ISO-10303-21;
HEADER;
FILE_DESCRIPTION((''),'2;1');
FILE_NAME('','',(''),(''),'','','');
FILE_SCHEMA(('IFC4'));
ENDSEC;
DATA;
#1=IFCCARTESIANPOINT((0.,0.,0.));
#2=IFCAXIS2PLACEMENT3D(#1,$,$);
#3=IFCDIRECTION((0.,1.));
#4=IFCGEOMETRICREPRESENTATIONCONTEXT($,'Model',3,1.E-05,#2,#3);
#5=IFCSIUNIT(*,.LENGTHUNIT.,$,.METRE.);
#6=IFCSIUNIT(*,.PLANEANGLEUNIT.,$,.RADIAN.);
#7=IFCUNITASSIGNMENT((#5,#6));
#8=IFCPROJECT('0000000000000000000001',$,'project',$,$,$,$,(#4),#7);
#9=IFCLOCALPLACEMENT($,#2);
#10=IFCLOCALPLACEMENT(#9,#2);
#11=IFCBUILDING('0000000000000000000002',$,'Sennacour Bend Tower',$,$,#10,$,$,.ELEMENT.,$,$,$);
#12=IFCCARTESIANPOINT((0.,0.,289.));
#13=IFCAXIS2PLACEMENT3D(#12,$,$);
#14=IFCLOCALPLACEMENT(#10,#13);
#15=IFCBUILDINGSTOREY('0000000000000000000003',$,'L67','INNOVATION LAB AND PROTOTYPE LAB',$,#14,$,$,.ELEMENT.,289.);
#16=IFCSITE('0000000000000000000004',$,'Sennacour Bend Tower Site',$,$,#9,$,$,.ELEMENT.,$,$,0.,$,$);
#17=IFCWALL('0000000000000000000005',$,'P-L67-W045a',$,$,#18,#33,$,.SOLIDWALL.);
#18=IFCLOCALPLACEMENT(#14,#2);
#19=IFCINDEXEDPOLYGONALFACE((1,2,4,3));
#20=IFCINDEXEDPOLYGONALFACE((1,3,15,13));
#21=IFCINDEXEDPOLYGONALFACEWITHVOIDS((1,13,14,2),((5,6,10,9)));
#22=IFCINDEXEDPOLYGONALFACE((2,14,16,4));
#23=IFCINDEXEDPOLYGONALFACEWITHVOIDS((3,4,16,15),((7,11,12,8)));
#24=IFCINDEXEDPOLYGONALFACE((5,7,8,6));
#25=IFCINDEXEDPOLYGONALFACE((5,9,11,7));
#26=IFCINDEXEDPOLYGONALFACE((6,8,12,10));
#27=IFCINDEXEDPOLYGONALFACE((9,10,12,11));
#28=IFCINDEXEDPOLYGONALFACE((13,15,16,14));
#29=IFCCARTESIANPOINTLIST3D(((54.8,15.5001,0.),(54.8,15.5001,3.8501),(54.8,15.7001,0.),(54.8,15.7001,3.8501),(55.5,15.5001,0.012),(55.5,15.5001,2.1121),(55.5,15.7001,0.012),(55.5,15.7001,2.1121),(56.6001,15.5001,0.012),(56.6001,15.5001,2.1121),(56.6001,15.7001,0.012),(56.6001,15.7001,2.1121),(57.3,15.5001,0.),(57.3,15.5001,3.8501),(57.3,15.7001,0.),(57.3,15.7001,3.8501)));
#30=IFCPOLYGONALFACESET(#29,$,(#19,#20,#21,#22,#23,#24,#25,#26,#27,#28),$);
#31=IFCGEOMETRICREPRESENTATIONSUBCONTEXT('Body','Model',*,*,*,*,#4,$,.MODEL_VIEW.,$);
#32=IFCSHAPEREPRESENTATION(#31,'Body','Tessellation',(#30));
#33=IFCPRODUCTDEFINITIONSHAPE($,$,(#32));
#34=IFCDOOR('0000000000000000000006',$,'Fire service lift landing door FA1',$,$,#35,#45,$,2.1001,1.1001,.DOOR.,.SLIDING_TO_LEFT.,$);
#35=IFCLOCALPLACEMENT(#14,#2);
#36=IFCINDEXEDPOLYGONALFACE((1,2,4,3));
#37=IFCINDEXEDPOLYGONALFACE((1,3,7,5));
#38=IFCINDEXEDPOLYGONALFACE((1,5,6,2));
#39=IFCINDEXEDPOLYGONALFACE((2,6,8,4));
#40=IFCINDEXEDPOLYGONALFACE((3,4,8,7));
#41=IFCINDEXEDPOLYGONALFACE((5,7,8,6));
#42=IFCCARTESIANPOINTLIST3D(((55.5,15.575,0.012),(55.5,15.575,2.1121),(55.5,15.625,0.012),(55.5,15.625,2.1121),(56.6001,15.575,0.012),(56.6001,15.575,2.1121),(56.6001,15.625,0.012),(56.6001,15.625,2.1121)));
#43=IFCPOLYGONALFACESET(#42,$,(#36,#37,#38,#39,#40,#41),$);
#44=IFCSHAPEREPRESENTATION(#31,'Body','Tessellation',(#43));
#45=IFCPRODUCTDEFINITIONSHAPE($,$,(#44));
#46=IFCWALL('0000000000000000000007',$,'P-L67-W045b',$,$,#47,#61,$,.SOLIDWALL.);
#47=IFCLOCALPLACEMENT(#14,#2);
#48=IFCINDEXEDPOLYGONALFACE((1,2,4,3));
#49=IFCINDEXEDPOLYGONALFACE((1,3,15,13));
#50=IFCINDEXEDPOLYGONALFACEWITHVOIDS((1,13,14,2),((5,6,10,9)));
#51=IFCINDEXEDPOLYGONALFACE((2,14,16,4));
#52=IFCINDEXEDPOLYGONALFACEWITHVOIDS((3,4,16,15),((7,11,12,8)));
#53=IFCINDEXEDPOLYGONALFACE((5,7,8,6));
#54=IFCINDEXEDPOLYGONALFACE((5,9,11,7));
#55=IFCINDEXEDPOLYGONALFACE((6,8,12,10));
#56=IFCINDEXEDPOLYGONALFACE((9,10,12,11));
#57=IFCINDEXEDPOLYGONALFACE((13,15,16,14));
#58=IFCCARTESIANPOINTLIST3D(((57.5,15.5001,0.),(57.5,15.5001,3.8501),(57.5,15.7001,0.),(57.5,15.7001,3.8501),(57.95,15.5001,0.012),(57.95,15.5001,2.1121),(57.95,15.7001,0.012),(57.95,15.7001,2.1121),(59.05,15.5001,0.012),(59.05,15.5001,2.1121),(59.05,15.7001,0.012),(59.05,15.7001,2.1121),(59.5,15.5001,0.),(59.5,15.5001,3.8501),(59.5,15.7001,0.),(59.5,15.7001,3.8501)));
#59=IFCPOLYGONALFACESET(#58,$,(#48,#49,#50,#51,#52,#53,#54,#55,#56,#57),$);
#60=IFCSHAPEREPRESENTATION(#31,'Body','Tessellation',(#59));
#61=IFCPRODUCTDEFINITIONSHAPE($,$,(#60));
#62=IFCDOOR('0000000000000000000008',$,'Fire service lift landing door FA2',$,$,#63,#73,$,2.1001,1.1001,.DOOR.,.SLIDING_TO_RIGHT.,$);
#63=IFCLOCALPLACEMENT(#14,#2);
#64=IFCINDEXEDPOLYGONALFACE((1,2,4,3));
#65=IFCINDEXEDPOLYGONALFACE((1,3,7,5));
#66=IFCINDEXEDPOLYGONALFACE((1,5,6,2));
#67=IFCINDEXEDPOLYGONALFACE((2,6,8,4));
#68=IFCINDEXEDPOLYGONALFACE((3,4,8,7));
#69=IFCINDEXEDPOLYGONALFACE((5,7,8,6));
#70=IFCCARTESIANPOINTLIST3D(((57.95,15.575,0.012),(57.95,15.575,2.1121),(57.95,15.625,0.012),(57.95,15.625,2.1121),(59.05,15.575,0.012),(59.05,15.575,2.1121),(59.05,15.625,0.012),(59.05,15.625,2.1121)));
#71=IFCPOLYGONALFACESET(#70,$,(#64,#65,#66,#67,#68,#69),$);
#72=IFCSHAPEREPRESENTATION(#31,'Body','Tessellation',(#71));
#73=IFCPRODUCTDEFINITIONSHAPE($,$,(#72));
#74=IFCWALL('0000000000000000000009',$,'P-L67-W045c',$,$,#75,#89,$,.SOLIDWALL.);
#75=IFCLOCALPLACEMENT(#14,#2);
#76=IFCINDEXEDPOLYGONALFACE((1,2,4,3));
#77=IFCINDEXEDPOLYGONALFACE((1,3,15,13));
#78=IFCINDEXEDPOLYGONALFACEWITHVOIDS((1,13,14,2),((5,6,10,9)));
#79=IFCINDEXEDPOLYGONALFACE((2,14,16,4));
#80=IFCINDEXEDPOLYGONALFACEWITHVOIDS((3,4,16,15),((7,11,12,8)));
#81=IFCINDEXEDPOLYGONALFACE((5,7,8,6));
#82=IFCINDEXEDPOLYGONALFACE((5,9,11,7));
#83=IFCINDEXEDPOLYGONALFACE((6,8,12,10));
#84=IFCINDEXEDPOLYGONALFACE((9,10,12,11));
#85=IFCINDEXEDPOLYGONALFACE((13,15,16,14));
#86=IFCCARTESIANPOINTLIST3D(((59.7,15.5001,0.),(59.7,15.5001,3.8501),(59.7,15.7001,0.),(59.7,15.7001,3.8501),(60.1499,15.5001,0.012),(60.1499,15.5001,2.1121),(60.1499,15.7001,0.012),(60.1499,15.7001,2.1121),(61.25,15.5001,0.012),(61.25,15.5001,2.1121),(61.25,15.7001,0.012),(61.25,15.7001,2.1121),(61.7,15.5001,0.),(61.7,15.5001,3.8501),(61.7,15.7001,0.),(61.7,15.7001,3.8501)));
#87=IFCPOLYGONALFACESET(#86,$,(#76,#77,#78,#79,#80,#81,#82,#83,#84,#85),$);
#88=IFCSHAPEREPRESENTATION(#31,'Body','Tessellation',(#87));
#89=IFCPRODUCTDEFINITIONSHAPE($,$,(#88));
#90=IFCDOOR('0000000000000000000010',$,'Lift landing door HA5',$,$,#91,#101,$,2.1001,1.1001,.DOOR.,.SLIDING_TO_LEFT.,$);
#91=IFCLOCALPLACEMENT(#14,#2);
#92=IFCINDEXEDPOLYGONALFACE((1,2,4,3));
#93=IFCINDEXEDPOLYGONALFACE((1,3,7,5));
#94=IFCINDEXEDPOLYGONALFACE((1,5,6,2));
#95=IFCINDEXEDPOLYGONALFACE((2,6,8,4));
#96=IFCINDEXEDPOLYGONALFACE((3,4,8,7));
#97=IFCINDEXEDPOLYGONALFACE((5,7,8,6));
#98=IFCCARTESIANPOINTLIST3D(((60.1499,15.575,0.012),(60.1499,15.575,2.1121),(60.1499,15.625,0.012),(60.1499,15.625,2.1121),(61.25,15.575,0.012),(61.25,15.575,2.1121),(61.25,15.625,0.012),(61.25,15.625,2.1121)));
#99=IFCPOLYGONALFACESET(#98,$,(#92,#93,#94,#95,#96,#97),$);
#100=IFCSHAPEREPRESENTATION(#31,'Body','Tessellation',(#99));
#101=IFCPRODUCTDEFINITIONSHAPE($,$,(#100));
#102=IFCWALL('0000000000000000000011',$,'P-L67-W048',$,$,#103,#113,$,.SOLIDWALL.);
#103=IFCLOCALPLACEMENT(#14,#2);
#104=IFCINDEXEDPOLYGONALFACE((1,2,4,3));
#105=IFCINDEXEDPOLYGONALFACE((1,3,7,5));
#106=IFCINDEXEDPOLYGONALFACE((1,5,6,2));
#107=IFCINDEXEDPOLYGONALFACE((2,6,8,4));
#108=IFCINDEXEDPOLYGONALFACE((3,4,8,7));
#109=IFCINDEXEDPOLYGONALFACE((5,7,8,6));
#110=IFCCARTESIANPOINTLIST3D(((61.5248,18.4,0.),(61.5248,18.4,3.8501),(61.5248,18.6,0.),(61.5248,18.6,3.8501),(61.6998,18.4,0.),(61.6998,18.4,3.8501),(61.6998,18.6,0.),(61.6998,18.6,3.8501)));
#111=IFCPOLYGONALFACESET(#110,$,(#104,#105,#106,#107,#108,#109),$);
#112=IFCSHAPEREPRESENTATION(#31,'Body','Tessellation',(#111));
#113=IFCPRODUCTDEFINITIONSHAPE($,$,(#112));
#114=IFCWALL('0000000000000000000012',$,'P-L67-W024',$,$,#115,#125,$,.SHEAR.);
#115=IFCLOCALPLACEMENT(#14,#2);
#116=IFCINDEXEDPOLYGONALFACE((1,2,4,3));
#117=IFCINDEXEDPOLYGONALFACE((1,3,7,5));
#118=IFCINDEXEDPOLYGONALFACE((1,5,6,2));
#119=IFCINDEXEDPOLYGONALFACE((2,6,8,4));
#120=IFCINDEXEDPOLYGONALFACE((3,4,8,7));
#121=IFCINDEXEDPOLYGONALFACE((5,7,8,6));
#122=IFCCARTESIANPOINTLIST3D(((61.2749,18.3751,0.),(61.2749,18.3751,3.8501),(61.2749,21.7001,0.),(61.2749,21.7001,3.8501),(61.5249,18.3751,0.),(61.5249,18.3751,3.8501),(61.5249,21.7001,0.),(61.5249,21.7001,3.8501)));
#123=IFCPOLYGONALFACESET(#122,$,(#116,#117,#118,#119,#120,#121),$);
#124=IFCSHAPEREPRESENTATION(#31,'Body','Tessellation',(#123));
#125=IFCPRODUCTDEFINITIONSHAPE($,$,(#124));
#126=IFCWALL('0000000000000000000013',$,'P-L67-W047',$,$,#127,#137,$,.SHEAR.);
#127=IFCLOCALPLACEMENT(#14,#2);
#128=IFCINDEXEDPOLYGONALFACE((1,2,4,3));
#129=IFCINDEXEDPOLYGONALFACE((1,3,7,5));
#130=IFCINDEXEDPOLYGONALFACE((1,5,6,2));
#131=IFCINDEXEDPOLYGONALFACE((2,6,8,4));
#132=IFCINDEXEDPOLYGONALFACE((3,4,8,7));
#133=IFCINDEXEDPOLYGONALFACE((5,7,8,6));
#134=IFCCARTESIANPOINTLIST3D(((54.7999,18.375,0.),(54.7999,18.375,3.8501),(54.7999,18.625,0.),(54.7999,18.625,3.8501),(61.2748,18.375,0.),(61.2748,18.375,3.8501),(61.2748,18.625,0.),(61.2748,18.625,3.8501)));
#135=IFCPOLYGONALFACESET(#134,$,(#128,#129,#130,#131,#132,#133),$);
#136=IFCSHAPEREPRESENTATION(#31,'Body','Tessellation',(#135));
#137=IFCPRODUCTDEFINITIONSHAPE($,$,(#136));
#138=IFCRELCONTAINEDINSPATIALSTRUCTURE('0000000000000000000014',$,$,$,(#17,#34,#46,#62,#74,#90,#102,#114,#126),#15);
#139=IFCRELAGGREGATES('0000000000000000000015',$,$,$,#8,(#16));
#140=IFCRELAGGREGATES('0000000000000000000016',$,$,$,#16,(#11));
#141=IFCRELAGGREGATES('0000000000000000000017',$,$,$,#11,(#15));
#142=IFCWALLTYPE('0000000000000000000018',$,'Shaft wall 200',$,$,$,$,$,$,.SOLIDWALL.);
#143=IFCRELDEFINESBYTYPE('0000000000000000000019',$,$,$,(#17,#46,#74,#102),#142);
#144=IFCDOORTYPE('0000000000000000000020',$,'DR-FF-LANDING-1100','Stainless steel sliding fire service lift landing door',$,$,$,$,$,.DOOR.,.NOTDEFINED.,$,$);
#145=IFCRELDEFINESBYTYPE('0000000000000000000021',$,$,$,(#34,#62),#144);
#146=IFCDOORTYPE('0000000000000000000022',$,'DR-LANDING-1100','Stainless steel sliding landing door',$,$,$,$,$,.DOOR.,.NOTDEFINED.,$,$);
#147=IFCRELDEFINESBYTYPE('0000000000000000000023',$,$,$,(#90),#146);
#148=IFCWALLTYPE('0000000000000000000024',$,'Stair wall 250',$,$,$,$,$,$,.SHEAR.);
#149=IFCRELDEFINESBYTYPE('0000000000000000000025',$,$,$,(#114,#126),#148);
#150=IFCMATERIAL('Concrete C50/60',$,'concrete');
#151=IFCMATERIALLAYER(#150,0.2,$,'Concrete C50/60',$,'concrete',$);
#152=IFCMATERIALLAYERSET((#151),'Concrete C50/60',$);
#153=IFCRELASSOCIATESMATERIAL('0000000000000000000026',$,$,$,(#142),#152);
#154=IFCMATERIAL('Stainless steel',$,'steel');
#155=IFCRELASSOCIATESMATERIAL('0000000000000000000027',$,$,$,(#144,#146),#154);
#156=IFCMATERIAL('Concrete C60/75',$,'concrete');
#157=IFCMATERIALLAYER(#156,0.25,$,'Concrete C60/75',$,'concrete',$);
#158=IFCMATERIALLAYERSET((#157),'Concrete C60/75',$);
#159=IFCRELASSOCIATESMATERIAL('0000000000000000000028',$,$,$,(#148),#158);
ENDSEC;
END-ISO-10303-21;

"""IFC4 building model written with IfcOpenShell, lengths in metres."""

from ifc_helpers import new_model, si_unit, direction, frame, frame_2d, origin, place, context, subcontext, project, spatial, rectangle, extrude, material, layer, layer_set, type_object, element, fill, save


model = new_model("IFC4")

# Units and contexts
model_context = context("Model", 3, precision=1e-05, world=origin(), true_north=direction((0.0, 1.0)))
body_context = subcontext(model_context, "Body", "Model", "MODEL_VIEW")
ifc_project = project(units=[si_unit("LENGTHUNIT", "METRE"), si_unit("PLANEANGLEUNIT", "RADIAN")], contexts=[model_context])

# Site, building, storey
site_placement = place(None, origin())
site = spatial("IfcSite", under=ifc_project, at=site_placement, Name="Sennacour Bend Tower Site", CompositionType="ELEMENT", RefElevation=0.0)
building_placement = place(site_placement, origin())
building = spatial("IfcBuilding", under=site, at=building_placement, Name="Sennacour Bend Tower", CompositionType="ELEMENT")
storey_placement = place(building_placement, frame((0.0, 0.0, 289.0)))
storey = spatial("IfcBuildingStorey", under=building, at=storey_placement, Name="L67", Description="INNOVATION LAB AND PROTOTYPE LAB", CompositionType="ELEMENT", Elevation=289.0)

# Shared definitions
ifc_material_1 = material(Name="Concrete C50/60", Category="concrete")
ifc_layer_1 = layer(ifc_material_1, 0.2, Name="Concrete C50/60", Category="concrete")
ifc_layer_set_1 = layer_set([ifc_layer_1], Name="Concrete C50/60")
wall_type_1 = type_object("IfcWallType", Name="Shaft wall 200", PredefinedType="SOLIDWALL", material=ifc_layer_set_1)

# Walls, openings, doors
wall_1_placement = place(storey_placement, frame((54.8, 15.6001, 0.0), z_axis=(0.0, 0.0, 1.0), x_axis=(1.0, 0.0, 0.0)))
wall_1 = element("IfcWall", 1, at=wall_1_placement, inside=storey, type_object=wall_type_1, Name="P-L67-W045a", PredefinedType="SOLIDWALL", context=body_context, shape_type="SweptSolid", body=[
    extrude(rectangle(XDim=2.5, YDim=0.2, at=frame_2d((1.25, 0.0))), origin(), (0.0, 0.0, 1.0), 3.8501),
])
opening_1_placement = place(wall_1_placement, frame((0.7, 0.0, 0.012)))
opening_1 = element("IfcOpeningElement", 2, at=opening_1_placement, cuts=wall_1, PredefinedType="OPENING", context=body_context, shape_type="SweptSolid", body=[
    extrude(rectangle(XDim=1.1001, YDim=2.1001, at=frame_2d((0.55, 1.05))), frame((0.0, 0.1099, 0.0), z_axis=(0.0, -1.0, 0.0), x_axis=(1.0, 0.0, 0.0)), (0.0, 0.0, 1.0), 0.22),
])
ifc_material_2 = material(Name="Stainless steel", Category="steel")
door_type_1 = type_object("IfcDoorType", Name="DR-FF-LANDING-1100", Description="Stainless steel sliding fire service lift landing door", OperationType="NOTDEFINED", PredefinedType="DOOR", material=ifc_material_2)
door_1_placement = place(opening_1_placement, origin())
door_1 = element("IfcDoor", 3, at=door_1_placement, inside=storey, type_object=door_type_1, Name="Fire service lift landing door FA1", OperationType="SLIDING_TO_LEFT", OverallHeight=2.1001, OverallWidth=1.1001, PredefinedType="DOOR", context=body_context, shape_type="SweptSolid", body=[
    extrude(rectangle(XDim=1.1001, YDim=2.1001, at=frame_2d((0.55, 1.05))), frame((0.0, 0.0249, 0.0), z_axis=(0.0, -1.0, 0.0), x_axis=(1.0, 0.0, 0.0)), (0.0, 0.0, 1.0), 0.05),
])
fill(opening_1, door_1)
wall_2_placement = place(storey_placement, frame((57.5, 15.6001, 0.0), z_axis=(0.0, 0.0, 1.0), x_axis=(1.0, 0.0, 0.0)))
wall_2 = element("IfcWall", 4, at=wall_2_placement, inside=storey, type_object=wall_type_1, Name="P-L67-W045b", PredefinedType="SOLIDWALL", context=body_context, shape_type="SweptSolid", body=[
    extrude(rectangle(XDim=2.0, YDim=0.2, at=frame_2d((1.0, 0.0))), origin(), (0.0, 0.0, 1.0), 3.8501),
])
opening_2_placement = place(wall_2_placement, frame((0.45, 0.0, 0.012)))
opening_2 = element("IfcOpeningElement", 5, at=opening_2_placement, cuts=wall_2, PredefinedType="OPENING", context=body_context, shape_type="SweptSolid", body=[
    extrude(rectangle(XDim=1.1001, YDim=2.1001, at=frame_2d((0.55, 1.05))), frame((0.0, 0.1099, 0.0), z_axis=(0.0, -1.0, 0.0), x_axis=(1.0, 0.0, 0.0)), (0.0, 0.0, 1.0), 0.22),
])
door_2_placement = place(opening_2_placement, origin())
door_2 = element("IfcDoor", 6, at=door_2_placement, inside=storey, type_object=door_type_1, Name="Fire service lift landing door FA2", OperationType="SLIDING_TO_RIGHT", OverallHeight=2.1001, OverallWidth=1.1001, PredefinedType="DOOR", context=body_context, shape_type="SweptSolid", body=[
    extrude(rectangle(XDim=1.1001, YDim=2.1001, at=frame_2d((0.55, 1.05))), frame((0.0, 0.0249, 0.0), z_axis=(0.0, -1.0, 0.0), x_axis=(1.0, 0.0, 0.0)), (0.0, 0.0, 1.0), 0.05),
])
fill(opening_2, door_2)
wall_3_placement = place(storey_placement, frame((59.7, 15.6001, 0.0), z_axis=(0.0, 0.0, 1.0), x_axis=(1.0, 0.0, 0.0)))
wall_3 = element("IfcWall", 7, at=wall_3_placement, inside=storey, type_object=wall_type_1, Name="P-L67-W045c", PredefinedType="SOLIDWALL", context=body_context, shape_type="SweptSolid", body=[
    extrude(rectangle(XDim=2.0, YDim=0.2, at=frame_2d((1.0, 0.0))), origin(), (0.0, 0.0, 1.0), 3.8501),
])
opening_3_placement = place(wall_3_placement, frame((0.45, 0.0, 0.012)))
opening_3 = element("IfcOpeningElement", 8, at=opening_3_placement, cuts=wall_3, PredefinedType="OPENING", context=body_context, shape_type="SweptSolid", body=[
    extrude(rectangle(XDim=1.1001, YDim=2.1001, at=frame_2d((0.55, 1.05))), frame((0.0, 0.1099, 0.0), z_axis=(0.0, -1.0, 0.0), x_axis=(1.0, 0.0, 0.0)), (0.0, 0.0, 1.0), 0.22),
])
door_type_2 = type_object("IfcDoorType", Name="DR-LANDING-1100", Description="Stainless steel sliding landing door", OperationType="NOTDEFINED", PredefinedType="DOOR", material=ifc_material_2)
door_3_placement = place(opening_3_placement, origin())
door_3 = element("IfcDoor", 9, at=door_3_placement, inside=storey, type_object=door_type_2, Name="Lift landing door HA5", OperationType="SLIDING_TO_LEFT", OverallHeight=2.1001, OverallWidth=1.1001, PredefinedType="DOOR", context=body_context, shape_type="SweptSolid", body=[
    extrude(rectangle(XDim=1.1001, YDim=2.1001, at=frame_2d((0.55, 1.05))), frame((0.0, 0.0249, 0.0), z_axis=(0.0, -1.0, 0.0), x_axis=(1.0, 0.0, 0.0)), (0.0, 0.0, 1.0), 0.05),
])
fill(opening_3, door_3)

# Walls
wall_4_placement = place(storey_placement, frame((61.5249, 18.5, 0.0), z_axis=(0.0, 0.0, 1.0), x_axis=(1.0, 0.0, 0.0)))
element("IfcWall", 10, at=wall_4_placement, inside=storey, type_object=wall_type_1, Name="P-L67-W048", PredefinedType="SOLIDWALL", context=body_context, shape_type="SweptSolid", body=[
    extrude(rectangle(XDim=0.175, YDim=0.2, at=frame_2d((0.0874, 0.0))), origin(), (0.0, 0.0, 1.0), 3.8501),
])
ifc_material_3 = material(Name="Concrete C60/75", Category="concrete")
ifc_layer_2 = layer(ifc_material_3, 0.25, Name="Concrete C60/75", Category="concrete")
ifc_layer_set_2 = layer_set([ifc_layer_2], Name="Concrete C60/75")
wall_type_2 = type_object("IfcWallType", Name="Stair wall 250", PredefinedType="SHEAR", material=ifc_layer_set_2)
wall_5_placement = place(storey_placement, frame((61.3999, 18.375, 0.0), z_axis=(0.0, 0.0, 1.0), x_axis=(0.0, 1.0, 0.0)))
element("IfcWall", 11, at=wall_5_placement, inside=storey, type_object=wall_type_2, Name="P-L67-W024", PredefinedType="SHEAR", context=body_context, shape_type="SweptSolid", body=[
    extrude(rectangle(XDim=3.325, YDim=0.25, at=frame_2d((1.6626, 0.0))), origin(), (0.0, 0.0, 1.0), 3.8501),
])
wall_6_placement = place(storey_placement, frame((54.8, 18.5, 0.0), z_axis=(0.0, 0.0, 1.0), x_axis=(1.0, 0.0, 0.0)))
element("IfcWall", 12, at=wall_6_placement, inside=storey, type_object=wall_type_2, Name="P-L67-W047", PredefinedType="SHEAR", context=body_context, shape_type="SweptSolid", body=[
    extrude(rectangle(XDim=6.4749, YDim=0.25, at=frame_2d((3.2373, 0.0))), origin(), (0.0, 0.0, 1.0), 3.8501),
])

save(model, "model.ifc")
